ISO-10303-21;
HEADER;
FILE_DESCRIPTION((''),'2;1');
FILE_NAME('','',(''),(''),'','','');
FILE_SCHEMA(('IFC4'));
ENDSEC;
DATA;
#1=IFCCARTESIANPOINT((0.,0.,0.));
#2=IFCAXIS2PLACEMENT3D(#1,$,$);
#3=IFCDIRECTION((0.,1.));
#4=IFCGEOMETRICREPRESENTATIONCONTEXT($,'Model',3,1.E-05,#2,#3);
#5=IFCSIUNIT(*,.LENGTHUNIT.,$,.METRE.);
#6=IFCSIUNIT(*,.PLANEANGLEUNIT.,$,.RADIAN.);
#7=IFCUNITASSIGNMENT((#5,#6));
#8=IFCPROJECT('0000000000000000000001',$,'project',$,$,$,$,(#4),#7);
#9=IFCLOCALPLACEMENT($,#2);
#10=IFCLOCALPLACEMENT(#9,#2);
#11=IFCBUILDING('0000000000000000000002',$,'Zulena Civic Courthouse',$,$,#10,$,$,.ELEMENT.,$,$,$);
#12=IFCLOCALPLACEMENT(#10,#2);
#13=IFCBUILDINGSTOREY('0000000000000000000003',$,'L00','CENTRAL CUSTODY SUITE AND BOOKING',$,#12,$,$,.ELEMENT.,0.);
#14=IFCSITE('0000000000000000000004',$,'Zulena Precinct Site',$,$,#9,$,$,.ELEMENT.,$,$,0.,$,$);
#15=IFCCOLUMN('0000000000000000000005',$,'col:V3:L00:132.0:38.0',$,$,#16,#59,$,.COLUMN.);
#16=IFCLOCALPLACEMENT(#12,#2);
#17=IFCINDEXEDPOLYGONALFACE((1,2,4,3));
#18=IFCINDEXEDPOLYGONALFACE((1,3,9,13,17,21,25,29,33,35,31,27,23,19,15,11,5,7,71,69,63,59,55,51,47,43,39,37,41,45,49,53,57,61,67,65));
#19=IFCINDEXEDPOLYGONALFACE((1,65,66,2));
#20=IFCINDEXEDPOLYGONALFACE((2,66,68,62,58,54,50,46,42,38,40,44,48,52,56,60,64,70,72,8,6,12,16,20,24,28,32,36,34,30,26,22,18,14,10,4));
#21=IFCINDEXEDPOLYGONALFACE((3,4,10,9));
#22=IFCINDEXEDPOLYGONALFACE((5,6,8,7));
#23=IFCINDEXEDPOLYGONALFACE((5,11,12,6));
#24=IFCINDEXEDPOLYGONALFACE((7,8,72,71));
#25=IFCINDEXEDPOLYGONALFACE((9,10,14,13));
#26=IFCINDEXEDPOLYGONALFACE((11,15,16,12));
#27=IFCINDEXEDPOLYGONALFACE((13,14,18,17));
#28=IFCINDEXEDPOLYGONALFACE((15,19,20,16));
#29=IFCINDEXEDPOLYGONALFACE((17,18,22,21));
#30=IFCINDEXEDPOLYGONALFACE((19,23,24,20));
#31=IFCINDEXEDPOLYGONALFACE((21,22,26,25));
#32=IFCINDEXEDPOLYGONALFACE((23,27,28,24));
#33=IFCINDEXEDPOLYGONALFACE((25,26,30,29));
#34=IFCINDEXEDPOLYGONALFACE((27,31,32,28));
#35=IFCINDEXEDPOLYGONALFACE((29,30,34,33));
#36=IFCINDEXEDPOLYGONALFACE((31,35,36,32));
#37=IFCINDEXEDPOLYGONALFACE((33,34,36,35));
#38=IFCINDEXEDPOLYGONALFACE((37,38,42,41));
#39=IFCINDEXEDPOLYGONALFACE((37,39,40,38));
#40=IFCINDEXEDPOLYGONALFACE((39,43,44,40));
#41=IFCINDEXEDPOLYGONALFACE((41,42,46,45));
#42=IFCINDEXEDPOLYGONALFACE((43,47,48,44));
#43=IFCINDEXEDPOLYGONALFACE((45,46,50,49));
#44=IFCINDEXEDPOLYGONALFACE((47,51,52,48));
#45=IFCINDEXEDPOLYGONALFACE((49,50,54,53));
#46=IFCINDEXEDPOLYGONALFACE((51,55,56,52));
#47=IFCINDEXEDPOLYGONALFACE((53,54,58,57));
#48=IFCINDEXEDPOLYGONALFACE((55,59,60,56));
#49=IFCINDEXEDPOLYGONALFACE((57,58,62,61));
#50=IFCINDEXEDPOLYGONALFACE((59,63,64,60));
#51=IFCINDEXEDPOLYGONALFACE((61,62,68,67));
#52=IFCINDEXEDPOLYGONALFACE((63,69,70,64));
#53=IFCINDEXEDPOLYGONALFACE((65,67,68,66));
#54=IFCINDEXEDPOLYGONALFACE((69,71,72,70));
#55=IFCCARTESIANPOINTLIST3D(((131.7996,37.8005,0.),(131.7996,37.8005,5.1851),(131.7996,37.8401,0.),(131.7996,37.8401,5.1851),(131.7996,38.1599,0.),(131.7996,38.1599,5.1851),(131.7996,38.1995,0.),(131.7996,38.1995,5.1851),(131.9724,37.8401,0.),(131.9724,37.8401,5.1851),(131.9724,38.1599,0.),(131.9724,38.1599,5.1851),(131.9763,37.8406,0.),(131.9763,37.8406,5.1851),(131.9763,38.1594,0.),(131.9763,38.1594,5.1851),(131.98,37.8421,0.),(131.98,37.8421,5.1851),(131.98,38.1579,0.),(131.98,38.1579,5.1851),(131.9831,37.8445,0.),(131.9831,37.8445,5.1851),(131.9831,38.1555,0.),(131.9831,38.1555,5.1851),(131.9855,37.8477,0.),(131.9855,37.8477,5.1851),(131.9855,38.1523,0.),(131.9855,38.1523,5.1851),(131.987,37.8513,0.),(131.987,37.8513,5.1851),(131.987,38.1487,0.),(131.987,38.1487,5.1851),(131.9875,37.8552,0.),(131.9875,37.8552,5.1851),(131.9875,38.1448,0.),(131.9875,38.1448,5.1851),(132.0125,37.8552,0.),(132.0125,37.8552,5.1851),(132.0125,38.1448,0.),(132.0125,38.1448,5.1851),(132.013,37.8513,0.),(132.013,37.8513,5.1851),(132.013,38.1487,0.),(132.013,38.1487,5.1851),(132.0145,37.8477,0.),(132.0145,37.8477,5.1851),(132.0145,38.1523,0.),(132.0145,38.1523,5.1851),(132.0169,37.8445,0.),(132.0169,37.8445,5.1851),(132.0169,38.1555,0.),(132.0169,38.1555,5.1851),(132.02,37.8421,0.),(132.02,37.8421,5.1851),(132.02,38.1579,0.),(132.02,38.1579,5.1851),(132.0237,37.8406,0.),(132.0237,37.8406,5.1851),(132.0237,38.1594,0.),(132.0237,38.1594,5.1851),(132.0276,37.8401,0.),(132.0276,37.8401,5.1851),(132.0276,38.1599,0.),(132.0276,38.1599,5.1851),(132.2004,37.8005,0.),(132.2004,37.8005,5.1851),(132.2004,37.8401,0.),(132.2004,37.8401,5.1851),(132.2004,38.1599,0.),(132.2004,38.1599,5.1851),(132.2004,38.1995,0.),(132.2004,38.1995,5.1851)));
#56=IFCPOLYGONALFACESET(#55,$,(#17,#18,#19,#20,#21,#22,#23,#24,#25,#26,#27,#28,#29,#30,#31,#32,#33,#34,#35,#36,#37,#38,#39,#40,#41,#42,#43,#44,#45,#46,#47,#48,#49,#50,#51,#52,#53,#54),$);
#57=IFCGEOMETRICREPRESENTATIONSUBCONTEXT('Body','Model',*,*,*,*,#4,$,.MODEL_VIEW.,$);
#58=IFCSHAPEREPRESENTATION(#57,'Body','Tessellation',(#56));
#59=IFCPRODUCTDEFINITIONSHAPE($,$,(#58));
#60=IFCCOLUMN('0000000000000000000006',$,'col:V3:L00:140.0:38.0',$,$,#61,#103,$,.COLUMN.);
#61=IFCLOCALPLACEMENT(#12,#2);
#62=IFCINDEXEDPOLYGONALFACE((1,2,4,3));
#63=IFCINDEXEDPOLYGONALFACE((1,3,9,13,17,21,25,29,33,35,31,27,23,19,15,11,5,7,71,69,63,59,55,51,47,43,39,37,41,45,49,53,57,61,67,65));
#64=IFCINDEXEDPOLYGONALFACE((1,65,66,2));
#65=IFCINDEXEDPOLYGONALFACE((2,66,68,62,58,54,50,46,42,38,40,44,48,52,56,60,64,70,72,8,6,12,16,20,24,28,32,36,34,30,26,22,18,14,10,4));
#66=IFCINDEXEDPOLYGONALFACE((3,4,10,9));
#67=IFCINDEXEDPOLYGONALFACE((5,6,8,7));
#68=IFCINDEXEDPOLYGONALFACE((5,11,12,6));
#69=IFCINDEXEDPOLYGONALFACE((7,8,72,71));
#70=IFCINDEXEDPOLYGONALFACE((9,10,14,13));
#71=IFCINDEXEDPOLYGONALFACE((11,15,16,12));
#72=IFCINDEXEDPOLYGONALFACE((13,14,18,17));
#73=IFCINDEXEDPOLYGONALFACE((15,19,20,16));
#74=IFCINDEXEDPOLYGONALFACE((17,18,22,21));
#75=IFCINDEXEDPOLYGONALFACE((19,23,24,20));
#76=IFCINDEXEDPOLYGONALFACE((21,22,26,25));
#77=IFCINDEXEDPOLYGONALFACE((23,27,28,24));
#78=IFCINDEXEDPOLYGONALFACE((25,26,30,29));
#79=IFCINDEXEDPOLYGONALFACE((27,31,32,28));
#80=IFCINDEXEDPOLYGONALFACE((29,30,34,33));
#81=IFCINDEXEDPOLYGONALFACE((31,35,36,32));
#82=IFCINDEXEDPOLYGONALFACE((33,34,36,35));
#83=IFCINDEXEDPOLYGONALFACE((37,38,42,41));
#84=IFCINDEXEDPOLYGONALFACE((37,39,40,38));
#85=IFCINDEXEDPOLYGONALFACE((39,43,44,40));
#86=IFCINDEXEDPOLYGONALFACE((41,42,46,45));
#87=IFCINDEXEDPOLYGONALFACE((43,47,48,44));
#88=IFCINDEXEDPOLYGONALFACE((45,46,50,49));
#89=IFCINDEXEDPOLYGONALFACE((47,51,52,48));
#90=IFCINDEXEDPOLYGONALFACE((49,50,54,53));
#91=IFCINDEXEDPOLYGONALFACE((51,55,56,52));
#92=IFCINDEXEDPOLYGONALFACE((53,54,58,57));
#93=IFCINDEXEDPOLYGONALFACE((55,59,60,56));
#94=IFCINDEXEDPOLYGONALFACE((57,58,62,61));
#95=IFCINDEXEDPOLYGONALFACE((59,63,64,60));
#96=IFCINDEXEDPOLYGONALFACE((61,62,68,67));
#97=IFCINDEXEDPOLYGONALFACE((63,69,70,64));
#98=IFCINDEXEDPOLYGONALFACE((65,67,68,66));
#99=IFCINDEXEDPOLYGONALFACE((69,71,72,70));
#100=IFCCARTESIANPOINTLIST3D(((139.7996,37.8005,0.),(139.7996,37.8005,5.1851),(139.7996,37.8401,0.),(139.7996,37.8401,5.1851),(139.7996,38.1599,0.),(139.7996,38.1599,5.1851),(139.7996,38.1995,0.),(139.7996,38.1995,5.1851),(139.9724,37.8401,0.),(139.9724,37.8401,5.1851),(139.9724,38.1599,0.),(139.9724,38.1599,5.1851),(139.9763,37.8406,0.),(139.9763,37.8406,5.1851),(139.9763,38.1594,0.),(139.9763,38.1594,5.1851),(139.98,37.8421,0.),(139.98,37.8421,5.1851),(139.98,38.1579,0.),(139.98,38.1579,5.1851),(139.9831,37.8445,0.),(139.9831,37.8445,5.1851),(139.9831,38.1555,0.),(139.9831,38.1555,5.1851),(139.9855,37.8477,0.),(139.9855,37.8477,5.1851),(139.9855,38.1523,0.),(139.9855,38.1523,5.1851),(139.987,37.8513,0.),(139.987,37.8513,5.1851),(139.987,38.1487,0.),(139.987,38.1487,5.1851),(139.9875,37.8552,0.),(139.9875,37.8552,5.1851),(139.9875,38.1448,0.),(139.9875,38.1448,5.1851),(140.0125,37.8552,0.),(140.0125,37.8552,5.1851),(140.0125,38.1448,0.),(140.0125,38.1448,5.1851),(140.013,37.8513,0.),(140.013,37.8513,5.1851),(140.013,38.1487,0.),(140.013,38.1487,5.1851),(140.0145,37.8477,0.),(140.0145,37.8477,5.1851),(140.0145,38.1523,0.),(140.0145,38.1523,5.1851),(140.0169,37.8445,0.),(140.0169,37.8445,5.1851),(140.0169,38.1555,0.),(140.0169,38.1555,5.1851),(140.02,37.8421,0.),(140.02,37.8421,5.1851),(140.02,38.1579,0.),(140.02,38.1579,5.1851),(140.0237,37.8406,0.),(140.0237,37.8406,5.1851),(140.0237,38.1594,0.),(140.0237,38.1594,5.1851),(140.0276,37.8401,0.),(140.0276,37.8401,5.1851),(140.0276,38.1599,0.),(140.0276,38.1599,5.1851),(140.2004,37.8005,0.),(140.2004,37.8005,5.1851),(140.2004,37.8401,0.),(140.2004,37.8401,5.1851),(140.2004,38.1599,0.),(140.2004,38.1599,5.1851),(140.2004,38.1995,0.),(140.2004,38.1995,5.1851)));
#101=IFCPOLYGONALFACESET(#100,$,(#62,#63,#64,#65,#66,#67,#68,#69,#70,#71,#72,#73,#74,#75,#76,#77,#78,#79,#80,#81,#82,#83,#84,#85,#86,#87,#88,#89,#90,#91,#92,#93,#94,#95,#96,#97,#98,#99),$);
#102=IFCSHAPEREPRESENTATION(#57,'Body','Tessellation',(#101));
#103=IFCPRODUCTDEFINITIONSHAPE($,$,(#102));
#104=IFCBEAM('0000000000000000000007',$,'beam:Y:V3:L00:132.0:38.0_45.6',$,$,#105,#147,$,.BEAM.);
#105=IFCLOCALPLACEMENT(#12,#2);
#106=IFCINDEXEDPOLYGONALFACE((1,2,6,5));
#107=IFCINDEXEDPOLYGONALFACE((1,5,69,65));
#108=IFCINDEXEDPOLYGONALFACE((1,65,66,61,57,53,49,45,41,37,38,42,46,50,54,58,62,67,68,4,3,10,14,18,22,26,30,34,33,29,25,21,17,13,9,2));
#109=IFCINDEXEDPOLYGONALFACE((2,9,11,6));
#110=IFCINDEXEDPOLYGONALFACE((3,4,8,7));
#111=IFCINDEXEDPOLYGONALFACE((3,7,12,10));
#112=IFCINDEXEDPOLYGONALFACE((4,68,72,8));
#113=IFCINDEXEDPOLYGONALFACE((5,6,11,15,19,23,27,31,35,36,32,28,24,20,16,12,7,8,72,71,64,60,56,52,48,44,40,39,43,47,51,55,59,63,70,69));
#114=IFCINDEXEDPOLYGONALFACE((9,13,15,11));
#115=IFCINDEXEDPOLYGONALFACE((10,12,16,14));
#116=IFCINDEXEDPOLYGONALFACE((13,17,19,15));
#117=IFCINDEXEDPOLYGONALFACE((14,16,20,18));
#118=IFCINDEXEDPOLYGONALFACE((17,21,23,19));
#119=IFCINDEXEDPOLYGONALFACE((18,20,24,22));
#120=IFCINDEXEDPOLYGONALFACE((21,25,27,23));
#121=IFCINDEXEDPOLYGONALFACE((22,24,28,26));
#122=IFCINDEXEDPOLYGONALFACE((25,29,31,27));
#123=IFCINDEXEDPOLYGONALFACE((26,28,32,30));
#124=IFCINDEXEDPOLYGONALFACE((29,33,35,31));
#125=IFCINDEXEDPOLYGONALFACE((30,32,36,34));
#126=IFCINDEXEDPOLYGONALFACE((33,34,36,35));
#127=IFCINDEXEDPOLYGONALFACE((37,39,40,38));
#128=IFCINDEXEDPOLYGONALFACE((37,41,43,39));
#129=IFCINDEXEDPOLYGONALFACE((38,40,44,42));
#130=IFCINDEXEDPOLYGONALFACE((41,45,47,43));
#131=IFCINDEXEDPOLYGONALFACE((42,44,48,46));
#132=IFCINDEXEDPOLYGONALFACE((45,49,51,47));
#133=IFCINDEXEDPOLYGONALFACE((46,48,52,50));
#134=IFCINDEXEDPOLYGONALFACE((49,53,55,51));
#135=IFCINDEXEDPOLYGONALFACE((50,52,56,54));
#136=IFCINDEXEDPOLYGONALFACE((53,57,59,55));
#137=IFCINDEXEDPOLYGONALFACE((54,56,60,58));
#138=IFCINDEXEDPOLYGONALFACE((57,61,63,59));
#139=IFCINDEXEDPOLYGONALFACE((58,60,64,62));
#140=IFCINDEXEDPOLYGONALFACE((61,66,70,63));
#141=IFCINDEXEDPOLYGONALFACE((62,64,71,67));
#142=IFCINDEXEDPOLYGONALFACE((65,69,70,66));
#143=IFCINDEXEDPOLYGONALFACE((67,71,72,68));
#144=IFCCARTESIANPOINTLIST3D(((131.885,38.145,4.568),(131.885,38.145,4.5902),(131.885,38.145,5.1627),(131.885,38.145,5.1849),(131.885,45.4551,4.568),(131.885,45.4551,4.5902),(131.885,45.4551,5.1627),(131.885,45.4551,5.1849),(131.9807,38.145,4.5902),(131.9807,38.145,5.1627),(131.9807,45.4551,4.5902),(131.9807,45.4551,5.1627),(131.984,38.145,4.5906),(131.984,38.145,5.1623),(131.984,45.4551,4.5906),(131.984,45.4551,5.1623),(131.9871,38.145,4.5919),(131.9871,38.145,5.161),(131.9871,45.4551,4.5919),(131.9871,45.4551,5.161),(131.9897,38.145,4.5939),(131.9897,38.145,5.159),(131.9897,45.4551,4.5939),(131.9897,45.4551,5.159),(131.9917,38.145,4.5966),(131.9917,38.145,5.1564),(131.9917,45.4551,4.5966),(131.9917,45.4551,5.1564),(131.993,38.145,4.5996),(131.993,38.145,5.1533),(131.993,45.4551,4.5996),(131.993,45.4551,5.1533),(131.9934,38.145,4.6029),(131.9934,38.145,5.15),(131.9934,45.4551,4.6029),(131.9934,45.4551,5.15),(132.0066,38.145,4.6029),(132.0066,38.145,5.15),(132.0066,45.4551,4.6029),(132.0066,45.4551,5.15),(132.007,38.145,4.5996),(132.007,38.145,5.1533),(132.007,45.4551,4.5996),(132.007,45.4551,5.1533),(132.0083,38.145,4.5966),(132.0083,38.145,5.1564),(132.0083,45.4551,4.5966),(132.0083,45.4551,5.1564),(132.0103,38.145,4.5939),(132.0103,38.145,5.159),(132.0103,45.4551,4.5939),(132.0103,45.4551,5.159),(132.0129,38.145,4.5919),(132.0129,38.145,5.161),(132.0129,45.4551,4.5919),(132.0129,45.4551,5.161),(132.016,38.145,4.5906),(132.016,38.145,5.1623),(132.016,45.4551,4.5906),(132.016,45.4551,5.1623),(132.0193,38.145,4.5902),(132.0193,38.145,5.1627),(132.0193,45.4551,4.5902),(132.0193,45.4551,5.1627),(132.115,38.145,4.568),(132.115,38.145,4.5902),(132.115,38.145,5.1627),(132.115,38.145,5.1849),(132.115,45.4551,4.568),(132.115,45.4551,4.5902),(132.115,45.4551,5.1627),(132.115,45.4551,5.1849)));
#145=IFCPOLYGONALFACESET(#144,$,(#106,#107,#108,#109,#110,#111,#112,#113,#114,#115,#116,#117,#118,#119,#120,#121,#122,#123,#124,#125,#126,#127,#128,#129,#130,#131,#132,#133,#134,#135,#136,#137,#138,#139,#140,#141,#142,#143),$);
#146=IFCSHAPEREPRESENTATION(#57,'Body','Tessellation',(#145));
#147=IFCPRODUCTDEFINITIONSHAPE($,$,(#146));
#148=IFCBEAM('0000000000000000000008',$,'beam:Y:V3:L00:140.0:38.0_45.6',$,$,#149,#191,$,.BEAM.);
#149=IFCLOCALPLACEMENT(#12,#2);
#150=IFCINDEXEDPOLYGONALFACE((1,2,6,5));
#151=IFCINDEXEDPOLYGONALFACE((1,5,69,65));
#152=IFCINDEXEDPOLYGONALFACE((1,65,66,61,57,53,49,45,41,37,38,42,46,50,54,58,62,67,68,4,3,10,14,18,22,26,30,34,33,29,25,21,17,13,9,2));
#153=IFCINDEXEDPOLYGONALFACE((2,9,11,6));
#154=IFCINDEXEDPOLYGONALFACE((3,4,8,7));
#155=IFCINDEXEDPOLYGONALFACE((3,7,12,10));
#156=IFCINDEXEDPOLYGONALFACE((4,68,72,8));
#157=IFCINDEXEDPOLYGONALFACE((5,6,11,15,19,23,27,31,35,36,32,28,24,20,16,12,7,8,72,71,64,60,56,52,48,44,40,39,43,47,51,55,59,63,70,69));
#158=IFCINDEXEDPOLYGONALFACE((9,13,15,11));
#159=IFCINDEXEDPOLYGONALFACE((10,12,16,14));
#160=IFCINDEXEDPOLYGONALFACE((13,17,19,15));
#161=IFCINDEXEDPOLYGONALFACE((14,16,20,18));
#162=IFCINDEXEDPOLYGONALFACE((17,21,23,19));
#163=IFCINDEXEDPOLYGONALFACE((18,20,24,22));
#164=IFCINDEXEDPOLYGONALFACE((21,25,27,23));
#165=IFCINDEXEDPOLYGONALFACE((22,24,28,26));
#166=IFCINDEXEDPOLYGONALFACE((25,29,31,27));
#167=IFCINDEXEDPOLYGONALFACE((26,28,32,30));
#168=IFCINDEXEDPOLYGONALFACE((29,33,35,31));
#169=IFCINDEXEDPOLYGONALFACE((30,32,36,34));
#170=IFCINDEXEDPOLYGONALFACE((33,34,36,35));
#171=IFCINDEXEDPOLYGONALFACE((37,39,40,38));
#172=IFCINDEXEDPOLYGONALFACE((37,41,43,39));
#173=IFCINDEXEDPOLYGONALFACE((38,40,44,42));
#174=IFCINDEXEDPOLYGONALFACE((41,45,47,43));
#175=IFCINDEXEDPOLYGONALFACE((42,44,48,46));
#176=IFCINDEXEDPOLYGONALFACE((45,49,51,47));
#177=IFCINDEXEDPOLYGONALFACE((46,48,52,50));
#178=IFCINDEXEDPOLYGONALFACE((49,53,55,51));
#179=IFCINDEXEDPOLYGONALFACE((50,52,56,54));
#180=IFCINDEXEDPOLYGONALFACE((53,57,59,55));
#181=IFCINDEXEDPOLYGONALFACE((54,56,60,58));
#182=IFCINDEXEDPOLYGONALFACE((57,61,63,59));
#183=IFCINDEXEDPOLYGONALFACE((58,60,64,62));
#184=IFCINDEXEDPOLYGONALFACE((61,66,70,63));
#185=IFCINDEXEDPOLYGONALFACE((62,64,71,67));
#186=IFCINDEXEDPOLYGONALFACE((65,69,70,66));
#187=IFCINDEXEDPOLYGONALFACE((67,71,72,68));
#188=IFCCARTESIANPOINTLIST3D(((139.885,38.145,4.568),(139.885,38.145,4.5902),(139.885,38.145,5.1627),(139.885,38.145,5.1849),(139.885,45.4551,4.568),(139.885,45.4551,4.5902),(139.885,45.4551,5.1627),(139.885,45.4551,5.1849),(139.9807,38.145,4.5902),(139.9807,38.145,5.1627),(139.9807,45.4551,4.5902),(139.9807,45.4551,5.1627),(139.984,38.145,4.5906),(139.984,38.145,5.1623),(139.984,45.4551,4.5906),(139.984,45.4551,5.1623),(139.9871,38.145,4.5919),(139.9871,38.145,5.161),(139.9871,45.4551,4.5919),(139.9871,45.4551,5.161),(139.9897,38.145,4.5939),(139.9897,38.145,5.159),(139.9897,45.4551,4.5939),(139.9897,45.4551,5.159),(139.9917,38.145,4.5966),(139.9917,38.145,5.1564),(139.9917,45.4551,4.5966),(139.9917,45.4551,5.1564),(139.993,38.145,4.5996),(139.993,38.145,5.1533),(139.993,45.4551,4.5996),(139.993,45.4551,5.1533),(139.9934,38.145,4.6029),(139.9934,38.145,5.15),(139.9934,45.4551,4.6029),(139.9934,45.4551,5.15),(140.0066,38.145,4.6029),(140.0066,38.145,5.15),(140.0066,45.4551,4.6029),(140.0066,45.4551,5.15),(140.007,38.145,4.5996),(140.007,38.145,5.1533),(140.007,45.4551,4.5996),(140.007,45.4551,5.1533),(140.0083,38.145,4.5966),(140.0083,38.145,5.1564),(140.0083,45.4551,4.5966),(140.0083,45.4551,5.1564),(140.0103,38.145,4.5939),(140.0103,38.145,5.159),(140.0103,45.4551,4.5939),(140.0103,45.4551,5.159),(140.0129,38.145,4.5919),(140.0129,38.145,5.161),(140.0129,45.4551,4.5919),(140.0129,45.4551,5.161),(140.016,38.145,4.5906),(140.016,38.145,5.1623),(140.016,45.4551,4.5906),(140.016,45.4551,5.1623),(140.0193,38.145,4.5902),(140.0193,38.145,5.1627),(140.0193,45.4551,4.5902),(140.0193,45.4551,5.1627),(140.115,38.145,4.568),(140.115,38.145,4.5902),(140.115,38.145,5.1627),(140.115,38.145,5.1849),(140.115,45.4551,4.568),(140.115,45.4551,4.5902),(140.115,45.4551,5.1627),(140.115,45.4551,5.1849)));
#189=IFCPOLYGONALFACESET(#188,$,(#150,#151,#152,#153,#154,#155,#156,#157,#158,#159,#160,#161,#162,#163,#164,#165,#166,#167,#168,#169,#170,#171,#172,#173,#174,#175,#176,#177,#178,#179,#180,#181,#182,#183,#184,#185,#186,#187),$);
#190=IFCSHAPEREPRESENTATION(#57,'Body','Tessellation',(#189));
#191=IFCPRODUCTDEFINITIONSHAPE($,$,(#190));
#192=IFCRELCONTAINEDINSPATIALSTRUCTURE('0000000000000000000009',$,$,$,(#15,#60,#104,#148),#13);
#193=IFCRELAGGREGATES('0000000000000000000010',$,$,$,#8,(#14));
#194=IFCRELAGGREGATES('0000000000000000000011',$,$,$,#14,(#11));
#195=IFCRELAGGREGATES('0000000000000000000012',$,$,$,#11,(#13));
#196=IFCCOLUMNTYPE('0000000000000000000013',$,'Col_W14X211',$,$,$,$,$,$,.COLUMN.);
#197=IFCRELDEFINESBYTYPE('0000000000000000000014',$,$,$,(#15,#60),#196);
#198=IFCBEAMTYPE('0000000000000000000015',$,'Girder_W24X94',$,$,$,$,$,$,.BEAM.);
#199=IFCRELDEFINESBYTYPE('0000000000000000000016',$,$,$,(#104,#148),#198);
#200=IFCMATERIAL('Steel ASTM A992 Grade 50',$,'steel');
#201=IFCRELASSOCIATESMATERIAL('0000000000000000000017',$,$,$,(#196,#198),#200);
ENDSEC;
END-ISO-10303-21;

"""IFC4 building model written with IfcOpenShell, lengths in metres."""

from ifc_helpers import new_model, si_unit, direction, frame, origin, origin_2d, place, context, subcontext, project, spatial, i_section, extrude, material, material_profile, profile_set, type_object, element, save


model = new_model("IFC4")

# Units and contexts
model_context = context("Model", 3, precision=1e-05, world=origin(), true_north=direction((0.0, 1.0)))
body_context = subcontext(model_context, "Body", "Model", "MODEL_VIEW")
ifc_project = project(units=[si_unit("LENGTHUNIT", "METRE"), si_unit("PLANEANGLEUNIT", "RADIAN")], contexts=[model_context])

# Site, building, storey
site_placement = place(None, origin())
site = spatial("IfcSite", under=ifc_project, at=site_placement, Name="Zulena Precinct Site", CompositionType="ELEMENT", RefElevation=0.0)
building_placement = place(site_placement, origin())
building = spatial("IfcBuilding", under=site, at=building_placement, Name="Zulena Civic Courthouse", CompositionType="ELEMENT")
storey_placement = place(building_placement, origin())
storey = spatial("IfcBuildingStorey", under=building, at=storey_placement, Name="L00", Description="CENTRAL CUSTODY SUITE AND BOOKING", CompositionType="ELEMENT", Elevation=0.0)

# Columns
ifc_material_1 = material(Name="Steel ASTM A992 Grade 50", Category="steel")
ifc_material_profile_1 = material_profile(ifc_material_1, i_section(OverallWidth=0.4009, OverallDepth=0.3989, WebThickness=0.0249, FlangeThickness=0.0396, FilletRadius=0.0151, at=origin_2d()), Name="W14X211")
ifc_profile_set_1 = profile_set([ifc_material_profile_1], Name="Steel ASTM A992 Grade 50")
column_type = type_object("IfcColumnType", Name="Col_W14X211", PredefinedType="COLUMN", material=ifc_profile_set_1)
for number, where, z_axis, x_axis, name in (
    (1, (132.0, 38.0, 0.0), (0.0, 0.0, 1.0), (1.0, 0.0, 0.0), "col:V3:L00:132.0:38.0"),
    (2, (140.0, 38.0, 0.0), (0.0, 0.0, 1.0), (1.0, 0.0, 0.0), "col:V3:L00:140.0:38.0"),
):
    element("IfcColumn", number, at=place(storey_placement, frame(where, z_axis=z_axis, x_axis=x_axis)), inside=storey, type_object=column_type, Name=name, PredefinedType="COLUMN", context=body_context, shape_type="SweptSolid", body=[
        extrude(i_section(OverallWidth=0.4009, OverallDepth=0.3989, WebThickness=0.0249, FlangeThickness=0.0396, FilletRadius=0.0151, at=origin_2d()), origin(), (0.0, 0.0, 1.0), 5.1851),
    ])

# Beams
ifc_material_profile_2 = material_profile(ifc_material_1, i_section(OverallWidth=0.23, OverallDepth=0.6169, WebThickness=0.0132, FlangeThickness=0.0222, FilletRadius=0.0127, at=origin_2d()), Name="W24X94")
ifc_profile_set_2 = profile_set([ifc_material_profile_2], Name="Steel ASTM A992 Grade 50")
beam_type_1 = type_object("IfcBeamType", Name="Girder_W24X94", PredefinedType="BEAM", material=ifc_profile_set_2)
for number, where, z_axis, x_axis, name in (
    (3, (132.0, 38.145, 4.8765), (0.0, 1.0, 0.0), (-1.0, 0.0, 0.0), "beam:Y:V3:L00:132.0:38.0_45.6"),
    (4, (140.0, 38.145, 4.8765), (0.0, 1.0, 0.0), (-1.0, 0.0, 0.0), "beam:Y:V3:L00:140.0:38.0_45.6"),
):
    element("IfcBeam", number, at=place(storey_placement, frame(where, z_axis=z_axis, x_axis=x_axis)), inside=storey, type_object=beam_type_1, Name=name, PredefinedType="BEAM", context=body_context, shape_type="SweptSolid", body=[
        extrude(i_section(OverallWidth=0.23, OverallDepth=0.6169, WebThickness=0.0132, FlangeThickness=0.0222, FilletRadius=0.0127, at=origin_2d()), origin(), (0.0, 0.0, 1.0), 7.3101),
    ])

save(model, "model.ifc")
